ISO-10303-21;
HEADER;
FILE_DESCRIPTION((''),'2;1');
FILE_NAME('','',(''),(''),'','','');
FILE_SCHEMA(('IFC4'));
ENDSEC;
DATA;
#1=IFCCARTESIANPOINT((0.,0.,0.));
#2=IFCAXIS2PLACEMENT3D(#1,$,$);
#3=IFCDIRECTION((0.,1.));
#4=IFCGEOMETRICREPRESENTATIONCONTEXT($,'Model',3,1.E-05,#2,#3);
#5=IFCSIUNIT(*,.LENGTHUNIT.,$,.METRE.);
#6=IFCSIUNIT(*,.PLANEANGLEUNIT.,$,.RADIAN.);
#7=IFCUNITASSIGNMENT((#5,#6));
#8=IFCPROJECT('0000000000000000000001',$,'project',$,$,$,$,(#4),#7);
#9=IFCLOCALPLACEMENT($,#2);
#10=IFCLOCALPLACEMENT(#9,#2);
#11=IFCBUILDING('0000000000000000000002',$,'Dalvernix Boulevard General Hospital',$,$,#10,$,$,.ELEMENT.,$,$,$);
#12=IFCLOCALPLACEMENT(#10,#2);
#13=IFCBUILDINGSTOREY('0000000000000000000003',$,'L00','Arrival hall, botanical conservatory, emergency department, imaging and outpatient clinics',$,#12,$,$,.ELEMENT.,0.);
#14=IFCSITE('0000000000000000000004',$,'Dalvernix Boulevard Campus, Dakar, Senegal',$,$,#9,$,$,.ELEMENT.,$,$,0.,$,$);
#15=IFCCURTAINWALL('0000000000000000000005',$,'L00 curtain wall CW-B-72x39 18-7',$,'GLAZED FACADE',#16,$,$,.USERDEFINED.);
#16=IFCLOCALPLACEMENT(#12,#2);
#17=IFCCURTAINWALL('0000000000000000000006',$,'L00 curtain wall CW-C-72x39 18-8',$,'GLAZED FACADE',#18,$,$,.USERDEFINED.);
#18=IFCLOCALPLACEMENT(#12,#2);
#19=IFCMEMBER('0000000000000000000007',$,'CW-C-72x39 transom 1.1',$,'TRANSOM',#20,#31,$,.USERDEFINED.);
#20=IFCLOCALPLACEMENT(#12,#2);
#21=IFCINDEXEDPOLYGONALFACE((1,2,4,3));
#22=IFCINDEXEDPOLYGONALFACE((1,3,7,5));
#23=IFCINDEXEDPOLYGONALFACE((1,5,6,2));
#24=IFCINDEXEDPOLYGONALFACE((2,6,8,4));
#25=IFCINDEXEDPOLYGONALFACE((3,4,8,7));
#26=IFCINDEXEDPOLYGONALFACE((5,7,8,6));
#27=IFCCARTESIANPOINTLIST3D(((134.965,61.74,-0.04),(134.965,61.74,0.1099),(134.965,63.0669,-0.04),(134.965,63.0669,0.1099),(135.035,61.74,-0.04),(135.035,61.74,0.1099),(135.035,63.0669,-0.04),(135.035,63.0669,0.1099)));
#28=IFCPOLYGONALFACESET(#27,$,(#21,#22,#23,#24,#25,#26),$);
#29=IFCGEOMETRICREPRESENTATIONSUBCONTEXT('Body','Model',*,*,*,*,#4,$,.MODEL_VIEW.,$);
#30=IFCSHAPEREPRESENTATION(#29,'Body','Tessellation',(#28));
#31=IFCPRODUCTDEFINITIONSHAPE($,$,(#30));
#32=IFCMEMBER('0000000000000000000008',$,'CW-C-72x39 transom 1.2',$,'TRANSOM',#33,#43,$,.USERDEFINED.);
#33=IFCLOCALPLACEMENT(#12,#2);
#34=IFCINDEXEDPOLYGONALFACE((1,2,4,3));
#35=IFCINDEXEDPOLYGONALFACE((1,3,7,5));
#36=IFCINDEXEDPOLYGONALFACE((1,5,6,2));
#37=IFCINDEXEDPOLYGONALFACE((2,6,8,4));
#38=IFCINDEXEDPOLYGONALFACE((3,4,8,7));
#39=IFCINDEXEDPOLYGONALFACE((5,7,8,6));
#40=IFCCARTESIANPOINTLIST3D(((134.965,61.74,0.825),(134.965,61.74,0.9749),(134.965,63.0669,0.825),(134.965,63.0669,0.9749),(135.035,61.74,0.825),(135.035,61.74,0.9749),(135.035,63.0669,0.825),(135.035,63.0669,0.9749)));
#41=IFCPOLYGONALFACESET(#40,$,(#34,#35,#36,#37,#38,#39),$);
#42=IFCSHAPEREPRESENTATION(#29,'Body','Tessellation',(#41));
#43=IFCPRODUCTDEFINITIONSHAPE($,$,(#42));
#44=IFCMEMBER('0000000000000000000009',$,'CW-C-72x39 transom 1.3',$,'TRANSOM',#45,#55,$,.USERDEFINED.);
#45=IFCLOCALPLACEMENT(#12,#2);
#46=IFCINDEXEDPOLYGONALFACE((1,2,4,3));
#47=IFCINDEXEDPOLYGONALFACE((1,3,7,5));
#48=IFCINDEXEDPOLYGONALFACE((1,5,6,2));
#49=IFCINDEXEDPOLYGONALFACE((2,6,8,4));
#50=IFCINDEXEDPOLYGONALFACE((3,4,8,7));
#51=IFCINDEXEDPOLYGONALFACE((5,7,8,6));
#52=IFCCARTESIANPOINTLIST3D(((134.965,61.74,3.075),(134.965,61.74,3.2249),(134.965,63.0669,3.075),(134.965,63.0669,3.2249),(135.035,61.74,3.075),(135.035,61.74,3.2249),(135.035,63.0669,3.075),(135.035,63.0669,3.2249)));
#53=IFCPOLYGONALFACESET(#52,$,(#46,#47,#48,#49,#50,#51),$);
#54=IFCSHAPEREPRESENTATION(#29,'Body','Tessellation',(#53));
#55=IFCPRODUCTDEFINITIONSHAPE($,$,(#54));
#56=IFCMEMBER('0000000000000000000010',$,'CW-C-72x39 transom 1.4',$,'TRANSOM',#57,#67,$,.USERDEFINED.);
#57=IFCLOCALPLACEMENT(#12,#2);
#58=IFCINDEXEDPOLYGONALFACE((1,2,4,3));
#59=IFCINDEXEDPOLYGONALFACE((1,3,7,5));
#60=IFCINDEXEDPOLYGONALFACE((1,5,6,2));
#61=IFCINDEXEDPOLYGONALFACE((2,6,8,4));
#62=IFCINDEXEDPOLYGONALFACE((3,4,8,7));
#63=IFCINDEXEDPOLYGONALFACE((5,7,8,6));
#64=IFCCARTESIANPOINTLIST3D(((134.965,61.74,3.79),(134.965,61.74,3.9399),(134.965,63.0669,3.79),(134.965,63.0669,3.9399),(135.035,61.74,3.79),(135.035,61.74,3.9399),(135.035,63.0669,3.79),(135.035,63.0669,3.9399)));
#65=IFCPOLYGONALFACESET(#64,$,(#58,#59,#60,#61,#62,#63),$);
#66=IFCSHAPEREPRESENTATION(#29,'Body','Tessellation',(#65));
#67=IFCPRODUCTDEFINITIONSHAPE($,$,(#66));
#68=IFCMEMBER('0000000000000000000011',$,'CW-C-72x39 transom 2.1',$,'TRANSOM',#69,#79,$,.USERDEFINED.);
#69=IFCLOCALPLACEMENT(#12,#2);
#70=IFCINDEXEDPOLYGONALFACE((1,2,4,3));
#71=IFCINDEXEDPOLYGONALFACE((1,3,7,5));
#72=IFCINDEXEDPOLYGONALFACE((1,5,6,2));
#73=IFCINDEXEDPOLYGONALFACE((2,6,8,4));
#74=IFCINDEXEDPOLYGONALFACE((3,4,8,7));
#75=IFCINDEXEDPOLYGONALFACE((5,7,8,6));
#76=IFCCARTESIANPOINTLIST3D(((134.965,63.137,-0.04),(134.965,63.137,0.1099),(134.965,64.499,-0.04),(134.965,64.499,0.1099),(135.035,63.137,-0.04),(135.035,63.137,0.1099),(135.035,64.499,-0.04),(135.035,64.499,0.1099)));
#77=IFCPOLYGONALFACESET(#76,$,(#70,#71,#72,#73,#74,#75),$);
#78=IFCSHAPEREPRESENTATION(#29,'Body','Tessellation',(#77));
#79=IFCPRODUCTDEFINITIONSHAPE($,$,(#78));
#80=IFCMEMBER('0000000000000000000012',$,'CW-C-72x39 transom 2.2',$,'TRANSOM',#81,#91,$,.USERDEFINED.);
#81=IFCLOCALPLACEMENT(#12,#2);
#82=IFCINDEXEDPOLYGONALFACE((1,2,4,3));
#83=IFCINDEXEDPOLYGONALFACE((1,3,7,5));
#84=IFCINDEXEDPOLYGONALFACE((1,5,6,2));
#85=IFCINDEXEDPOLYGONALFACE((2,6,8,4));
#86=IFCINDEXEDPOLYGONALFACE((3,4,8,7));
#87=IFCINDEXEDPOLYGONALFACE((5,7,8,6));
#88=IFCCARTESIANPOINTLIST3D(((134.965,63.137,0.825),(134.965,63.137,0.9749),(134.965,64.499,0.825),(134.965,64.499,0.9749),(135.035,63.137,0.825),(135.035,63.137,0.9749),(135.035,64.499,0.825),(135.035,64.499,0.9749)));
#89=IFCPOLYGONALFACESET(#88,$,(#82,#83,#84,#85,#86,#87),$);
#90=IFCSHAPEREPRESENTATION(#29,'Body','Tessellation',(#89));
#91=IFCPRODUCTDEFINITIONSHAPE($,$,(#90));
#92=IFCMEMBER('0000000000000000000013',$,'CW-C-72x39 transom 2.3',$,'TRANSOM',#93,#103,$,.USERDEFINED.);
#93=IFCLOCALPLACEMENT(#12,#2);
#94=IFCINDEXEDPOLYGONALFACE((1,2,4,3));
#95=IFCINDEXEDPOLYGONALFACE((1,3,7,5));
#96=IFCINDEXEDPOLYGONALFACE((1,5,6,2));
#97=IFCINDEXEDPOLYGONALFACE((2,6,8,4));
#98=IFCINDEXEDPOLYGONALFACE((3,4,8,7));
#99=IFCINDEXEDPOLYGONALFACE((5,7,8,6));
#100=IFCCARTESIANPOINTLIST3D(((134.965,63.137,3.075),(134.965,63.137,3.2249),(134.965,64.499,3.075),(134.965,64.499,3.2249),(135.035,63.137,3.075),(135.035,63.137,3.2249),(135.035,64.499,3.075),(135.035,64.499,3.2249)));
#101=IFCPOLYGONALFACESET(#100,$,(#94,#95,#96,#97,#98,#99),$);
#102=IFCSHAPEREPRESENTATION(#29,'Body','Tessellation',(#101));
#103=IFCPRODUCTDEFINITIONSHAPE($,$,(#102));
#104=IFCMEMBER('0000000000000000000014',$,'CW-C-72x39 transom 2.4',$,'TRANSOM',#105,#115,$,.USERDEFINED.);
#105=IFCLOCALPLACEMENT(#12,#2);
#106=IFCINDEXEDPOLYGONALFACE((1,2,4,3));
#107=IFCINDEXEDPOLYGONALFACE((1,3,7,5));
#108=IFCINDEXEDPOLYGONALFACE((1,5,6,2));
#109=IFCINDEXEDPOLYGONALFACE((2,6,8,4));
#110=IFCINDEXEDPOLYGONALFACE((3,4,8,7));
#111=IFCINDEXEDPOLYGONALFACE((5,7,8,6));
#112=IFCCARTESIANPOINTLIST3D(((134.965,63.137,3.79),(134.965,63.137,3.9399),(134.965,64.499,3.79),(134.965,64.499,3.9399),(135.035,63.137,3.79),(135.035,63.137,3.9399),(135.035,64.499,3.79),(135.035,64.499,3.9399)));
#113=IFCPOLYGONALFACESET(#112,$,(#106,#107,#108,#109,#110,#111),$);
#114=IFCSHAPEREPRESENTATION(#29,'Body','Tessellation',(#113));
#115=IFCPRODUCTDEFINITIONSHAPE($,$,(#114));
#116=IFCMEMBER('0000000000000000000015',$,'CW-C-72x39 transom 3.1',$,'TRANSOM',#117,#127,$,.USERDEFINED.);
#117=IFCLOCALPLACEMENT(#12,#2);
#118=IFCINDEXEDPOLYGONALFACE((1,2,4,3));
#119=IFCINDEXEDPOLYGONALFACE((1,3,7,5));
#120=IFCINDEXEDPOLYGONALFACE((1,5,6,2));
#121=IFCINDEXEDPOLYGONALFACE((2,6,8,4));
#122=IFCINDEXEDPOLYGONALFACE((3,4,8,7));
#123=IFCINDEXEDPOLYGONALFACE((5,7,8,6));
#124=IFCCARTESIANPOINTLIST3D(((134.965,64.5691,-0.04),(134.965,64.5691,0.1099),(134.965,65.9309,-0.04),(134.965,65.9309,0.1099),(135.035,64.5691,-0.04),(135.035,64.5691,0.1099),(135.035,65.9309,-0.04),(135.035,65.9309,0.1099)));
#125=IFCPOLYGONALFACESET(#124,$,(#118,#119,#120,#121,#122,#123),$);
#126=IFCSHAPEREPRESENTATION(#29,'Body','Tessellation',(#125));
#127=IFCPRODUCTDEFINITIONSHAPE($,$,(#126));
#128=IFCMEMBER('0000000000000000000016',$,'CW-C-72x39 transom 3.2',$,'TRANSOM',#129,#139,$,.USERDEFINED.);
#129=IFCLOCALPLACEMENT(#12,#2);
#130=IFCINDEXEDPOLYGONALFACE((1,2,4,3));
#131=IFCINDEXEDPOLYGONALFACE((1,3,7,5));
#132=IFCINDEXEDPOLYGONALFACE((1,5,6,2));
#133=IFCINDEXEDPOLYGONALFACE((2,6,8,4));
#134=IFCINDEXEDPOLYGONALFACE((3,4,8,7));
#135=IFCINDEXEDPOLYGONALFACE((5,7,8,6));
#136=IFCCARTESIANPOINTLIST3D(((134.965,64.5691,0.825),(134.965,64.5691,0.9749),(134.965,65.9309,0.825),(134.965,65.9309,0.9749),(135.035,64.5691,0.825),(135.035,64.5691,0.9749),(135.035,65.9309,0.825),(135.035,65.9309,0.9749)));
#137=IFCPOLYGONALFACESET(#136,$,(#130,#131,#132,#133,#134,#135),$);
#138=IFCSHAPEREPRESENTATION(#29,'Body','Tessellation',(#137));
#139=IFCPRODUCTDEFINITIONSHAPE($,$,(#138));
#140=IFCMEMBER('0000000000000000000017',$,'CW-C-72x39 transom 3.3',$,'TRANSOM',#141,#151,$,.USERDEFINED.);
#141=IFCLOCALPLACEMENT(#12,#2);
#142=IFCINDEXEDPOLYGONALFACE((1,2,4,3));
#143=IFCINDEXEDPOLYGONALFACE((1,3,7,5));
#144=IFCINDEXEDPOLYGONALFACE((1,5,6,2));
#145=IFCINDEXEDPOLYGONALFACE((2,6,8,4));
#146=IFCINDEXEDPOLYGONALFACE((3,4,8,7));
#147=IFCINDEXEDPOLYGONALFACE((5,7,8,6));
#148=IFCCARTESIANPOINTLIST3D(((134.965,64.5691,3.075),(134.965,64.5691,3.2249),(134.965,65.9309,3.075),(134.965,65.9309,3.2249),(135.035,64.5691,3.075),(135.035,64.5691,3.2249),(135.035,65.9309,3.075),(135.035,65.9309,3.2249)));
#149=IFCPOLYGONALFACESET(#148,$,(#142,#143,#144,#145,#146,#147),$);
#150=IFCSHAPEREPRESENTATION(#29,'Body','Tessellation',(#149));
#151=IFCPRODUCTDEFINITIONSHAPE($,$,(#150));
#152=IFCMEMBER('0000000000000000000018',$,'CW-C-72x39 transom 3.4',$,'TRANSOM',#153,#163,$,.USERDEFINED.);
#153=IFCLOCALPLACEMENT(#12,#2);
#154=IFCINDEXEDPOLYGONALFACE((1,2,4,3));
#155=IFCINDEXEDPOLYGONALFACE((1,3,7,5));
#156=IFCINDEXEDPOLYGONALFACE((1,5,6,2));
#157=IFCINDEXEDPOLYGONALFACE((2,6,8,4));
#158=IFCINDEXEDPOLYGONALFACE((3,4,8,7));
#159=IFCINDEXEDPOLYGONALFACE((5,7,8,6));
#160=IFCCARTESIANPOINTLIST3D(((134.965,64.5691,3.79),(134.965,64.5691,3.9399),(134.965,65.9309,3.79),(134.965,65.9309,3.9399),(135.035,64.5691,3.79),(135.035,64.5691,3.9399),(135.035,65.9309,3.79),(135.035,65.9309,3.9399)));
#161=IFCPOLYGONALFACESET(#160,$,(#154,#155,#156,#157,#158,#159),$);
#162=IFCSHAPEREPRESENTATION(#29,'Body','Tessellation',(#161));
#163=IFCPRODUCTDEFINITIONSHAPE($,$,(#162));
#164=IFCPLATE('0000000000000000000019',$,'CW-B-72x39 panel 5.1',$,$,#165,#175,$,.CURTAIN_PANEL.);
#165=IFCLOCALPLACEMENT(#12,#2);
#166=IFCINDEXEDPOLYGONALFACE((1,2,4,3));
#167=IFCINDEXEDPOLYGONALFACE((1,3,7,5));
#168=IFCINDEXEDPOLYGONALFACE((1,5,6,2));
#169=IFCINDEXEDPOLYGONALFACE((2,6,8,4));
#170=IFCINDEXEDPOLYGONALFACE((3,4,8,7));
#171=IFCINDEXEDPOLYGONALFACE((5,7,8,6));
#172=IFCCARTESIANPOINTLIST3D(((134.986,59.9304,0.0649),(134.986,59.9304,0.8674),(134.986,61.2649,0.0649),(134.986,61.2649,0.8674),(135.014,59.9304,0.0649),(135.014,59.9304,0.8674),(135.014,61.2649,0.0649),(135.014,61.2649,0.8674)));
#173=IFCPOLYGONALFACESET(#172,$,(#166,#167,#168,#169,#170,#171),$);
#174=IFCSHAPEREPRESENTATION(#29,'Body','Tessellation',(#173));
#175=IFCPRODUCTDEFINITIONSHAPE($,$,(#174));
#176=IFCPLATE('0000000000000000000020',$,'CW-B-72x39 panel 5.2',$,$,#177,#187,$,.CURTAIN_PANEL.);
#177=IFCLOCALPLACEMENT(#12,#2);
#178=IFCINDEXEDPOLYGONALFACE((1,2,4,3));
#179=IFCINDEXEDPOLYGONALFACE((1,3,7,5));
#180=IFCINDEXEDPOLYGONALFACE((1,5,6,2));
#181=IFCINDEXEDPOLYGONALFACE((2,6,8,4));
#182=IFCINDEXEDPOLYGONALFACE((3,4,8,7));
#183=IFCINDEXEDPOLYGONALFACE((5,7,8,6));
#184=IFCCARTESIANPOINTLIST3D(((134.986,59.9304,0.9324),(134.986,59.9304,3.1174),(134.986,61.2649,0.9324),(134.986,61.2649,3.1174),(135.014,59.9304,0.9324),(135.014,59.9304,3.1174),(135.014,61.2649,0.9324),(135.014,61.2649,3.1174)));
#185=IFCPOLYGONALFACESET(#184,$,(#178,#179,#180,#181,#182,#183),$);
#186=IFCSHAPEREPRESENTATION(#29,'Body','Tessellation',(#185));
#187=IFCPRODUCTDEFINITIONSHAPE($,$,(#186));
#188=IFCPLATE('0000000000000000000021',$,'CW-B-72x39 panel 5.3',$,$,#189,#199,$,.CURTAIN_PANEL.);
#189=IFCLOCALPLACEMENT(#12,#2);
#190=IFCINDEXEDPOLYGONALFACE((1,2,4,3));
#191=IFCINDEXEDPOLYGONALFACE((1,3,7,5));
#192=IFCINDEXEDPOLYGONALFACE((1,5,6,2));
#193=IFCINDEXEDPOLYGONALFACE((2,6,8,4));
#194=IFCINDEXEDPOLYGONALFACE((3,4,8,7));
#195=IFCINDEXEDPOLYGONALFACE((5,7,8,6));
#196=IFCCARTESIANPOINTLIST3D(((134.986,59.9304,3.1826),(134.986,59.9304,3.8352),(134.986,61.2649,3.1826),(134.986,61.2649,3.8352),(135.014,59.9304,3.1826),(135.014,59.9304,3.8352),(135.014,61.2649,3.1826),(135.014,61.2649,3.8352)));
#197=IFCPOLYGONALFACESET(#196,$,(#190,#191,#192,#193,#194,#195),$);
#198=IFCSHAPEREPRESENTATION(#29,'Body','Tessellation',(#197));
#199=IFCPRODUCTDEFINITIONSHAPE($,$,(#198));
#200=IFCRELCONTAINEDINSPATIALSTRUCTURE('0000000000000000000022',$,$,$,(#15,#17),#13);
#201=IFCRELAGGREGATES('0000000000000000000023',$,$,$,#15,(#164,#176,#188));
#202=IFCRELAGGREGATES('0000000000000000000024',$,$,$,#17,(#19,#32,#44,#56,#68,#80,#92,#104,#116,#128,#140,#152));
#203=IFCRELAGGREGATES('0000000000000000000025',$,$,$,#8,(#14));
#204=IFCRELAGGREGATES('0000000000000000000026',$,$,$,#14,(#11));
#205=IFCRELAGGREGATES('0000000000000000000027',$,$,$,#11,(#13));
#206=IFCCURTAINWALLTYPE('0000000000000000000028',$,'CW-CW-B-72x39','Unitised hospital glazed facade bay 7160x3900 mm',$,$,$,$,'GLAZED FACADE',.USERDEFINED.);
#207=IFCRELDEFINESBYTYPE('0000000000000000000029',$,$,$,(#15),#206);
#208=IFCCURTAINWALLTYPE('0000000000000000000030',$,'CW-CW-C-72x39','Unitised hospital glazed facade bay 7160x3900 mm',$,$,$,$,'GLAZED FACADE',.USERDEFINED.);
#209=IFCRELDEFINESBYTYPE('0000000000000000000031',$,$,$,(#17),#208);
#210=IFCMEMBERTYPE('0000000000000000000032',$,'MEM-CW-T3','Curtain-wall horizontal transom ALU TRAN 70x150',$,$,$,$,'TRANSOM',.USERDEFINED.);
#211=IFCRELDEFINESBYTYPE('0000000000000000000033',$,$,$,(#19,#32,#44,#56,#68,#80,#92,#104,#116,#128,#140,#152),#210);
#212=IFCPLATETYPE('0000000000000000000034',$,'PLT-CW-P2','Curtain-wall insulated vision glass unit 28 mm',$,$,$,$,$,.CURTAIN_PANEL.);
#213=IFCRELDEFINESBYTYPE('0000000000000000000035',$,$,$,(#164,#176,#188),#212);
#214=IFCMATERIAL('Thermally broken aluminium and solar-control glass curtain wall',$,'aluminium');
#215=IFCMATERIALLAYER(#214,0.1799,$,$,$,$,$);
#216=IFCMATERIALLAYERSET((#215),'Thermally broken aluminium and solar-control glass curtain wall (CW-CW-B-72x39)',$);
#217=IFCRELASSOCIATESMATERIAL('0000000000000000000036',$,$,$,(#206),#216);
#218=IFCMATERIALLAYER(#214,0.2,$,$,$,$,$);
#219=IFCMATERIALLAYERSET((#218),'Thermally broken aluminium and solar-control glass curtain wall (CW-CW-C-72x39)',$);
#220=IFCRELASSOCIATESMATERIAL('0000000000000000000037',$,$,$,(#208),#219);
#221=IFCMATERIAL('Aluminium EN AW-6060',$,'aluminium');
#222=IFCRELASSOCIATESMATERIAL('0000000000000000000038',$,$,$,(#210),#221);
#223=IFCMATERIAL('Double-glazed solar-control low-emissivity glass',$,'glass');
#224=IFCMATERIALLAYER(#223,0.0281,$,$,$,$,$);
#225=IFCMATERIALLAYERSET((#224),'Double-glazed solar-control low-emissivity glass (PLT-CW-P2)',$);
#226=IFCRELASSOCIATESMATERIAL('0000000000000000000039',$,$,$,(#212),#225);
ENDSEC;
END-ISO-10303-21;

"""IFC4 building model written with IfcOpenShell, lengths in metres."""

from ifc_helpers import new_model, si_unit, direction, frame, origin, origin_2d, place, context, subcontext, project, spatial, rectangle, extrude, material, layer, layer_set, material_profile, profile_set, type_object, element, aggregate, save


model = new_model("IFC4")

# Units and contexts
model_context = context("Model", 3, precision=1e-05, world=origin(), true_north=direction((0.0, 1.0)))
body_context = subcontext(model_context, "Body", "Model", "MODEL_VIEW")
ifc_project = project(units=[si_unit("LENGTHUNIT", "METRE"), si_unit("PLANEANGLEUNIT", "RADIAN")], contexts=[model_context])

# Site, building, storey
site_placement = place(None, origin())
site = spatial("IfcSite", under=ifc_project, at=site_placement, Name="Dalvernix Boulevard Campus, Dakar, Senegal", CompositionType="ELEMENT", RefElevation=0.0)
building_placement = place(site_placement, origin())
building = spatial("IfcBuilding", under=site, at=building_placement, Name="Dalvernix Boulevard General Hospital", CompositionType="ELEMENT")
storey_placement = place(building_placement, origin())
storey = spatial("IfcBuildingStorey", under=building, at=storey_placement, Name="L00", Description="Arrival hall, botanical conservatory, emergency department, imaging and outpatient clinics", CompositionType="ELEMENT", Elevation=0.0)

# Curtain wall
ifc_material_1 = material(Name="Thermally broken aluminium and solar-control glass curtain wall", Category="aluminium")
ifc_layer_1 = layer(ifc_material_1, 0.1799)
ifc_layer_set_1 = layer_set([ifc_layer_1], Name="Thermally broken aluminium and solar-control glass curtain wall (CW-CW-B-72x39)")
curtain_wall_type_1 = type_object("IfcCurtainWallType", Name="CW-CW-B-72x39", Description="Unitised hospital glazed facade bay 7160x3900 mm", ElementType="GLAZED FACADE", PredefinedType="USERDEFINED", material=ifc_layer_set_1)
curtain_wall_1_placement = place(storey_placement, origin())
curtain_wall_1 = element("IfcCurtainWall", 1, at=curtain_wall_1_placement, inside=storey, type_object=curtain_wall_type_1, Name="L00 curtain wall CW-B-72x39 18-7", ObjectType="GLAZED FACADE", PredefinedType="USERDEFINED")
ifc_material_2 = material(Name="Aluminium EN AW-6060", Category="aluminium")

# Curtain wall
ifc_layer_2 = layer(ifc_material_1, 0.2)
ifc_layer_set_2 = layer_set([ifc_layer_2], Name="Thermally broken aluminium and solar-control glass curtain wall (CW-CW-C-72x39)")
curtain_wall_type_2 = type_object("IfcCurtainWallType", Name="CW-CW-C-72x39", Description="Unitised hospital glazed facade bay 7160x3900 mm", ElementType="GLAZED FACADE", PredefinedType="USERDEFINED", material=ifc_layer_set_2)
curtain_wall_2_placement = place(storey_placement, origin())
curtain_wall_2 = element("IfcCurtainWall", 2, at=curtain_wall_2_placement, inside=storey, type_object=curtain_wall_type_2, Name="L00 curtain wall CW-C-72x39 18-8", ObjectType="GLAZED FACADE", PredefinedType="USERDEFINED")

# Members
ifc_material_profile_1 = material_profile(ifc_material_2, rectangle(XDim=0.0701, YDim=0.1499, at=origin_2d()), Name="ALU TRAN 70x150")
ifc_profile_set_1 = profile_set([ifc_material_profile_1], Name="Aluminium EN AW-6060")
member_type_1 = type_object("IfcMemberType", Name="MEM-CW-T3", Description="Curtain-wall horizontal transom ALU TRAN 70x150", ElementType="TRANSOM", PredefinedType="USERDEFINED", material=ifc_profile_set_1)
member_1_placement = place(storey_placement, frame((135.0, 61.74, 0.0349), z_axis=(0.0, 1.0, 0.0), x_axis=(-1.0, 0.0, 0.0)))
member_1 = element("IfcMember", 3, at=member_1_placement, type_object=member_type_1, Name="CW-C-72x39 transom 1.1", ObjectType="TRANSOM", PredefinedType="USERDEFINED", context=body_context, shape_type="SweptSolid", body=[
    extrude(rectangle(XDim=0.0701, YDim=0.1499, at=origin_2d()), origin(), (0.0, 0.0, 1.0), 1.3269),
])
member_2_placement = place(storey_placement, frame((135.0, 61.74, 0.8999), z_axis=(0.0, 1.0, 0.0), x_axis=(-1.0, 0.0, 0.0)))
member_2 = element("IfcMember", 4, at=member_2_placement, type_object=member_type_1, Name="CW-C-72x39 transom 1.2", ObjectType="TRANSOM", PredefinedType="USERDEFINED", context=body_context, shape_type="SweptSolid", body=[
    extrude(rectangle(XDim=0.0701, YDim=0.1499, at=origin_2d()), origin(), (0.0, 0.0, 1.0), 1.3269),
])
member_3_placement = place(storey_placement, frame((135.0, 61.74, 3.1499), z_axis=(0.0, 1.0, 0.0), x_axis=(-1.0, 0.0, 0.0)))
member_3 = element("IfcMember", 5, at=member_3_placement, type_object=member_type_1, Name="CW-C-72x39 transom 1.3", ObjectType="TRANSOM", PredefinedType="USERDEFINED", context=body_context, shape_type="SweptSolid", body=[
    extrude(rectangle(XDim=0.0701, YDim=0.1499, at=origin_2d()), origin(), (0.0, 0.0, 1.0), 1.3269),
])
member_4_placement = place(storey_placement, frame((135.0, 61.74, 3.865), z_axis=(0.0, 1.0, 0.0), x_axis=(-1.0, 0.0, 0.0)))
member_4 = element("IfcMember", 6, at=member_4_placement, type_object=member_type_1, Name="CW-C-72x39 transom 1.4", ObjectType="TRANSOM", PredefinedType="USERDEFINED", context=body_context, shape_type="SweptSolid", body=[
    extrude(rectangle(XDim=0.0701, YDim=0.1499, at=origin_2d()), origin(), (0.0, 0.0, 1.0), 1.3269),
])
member_5_placement = place(storey_placement, frame((135.0, 63.137, 0.0349), z_axis=(0.0, 1.0, 0.0), x_axis=(-1.0, 0.0, 0.0)))
member_5 = element("IfcMember", 7, at=member_5_placement, type_object=member_type_1, Name="CW-C-72x39 transom 2.1", ObjectType="TRANSOM", PredefinedType="USERDEFINED", context=body_context, shape_type="SweptSolid", body=[
    extrude(rectangle(XDim=0.0701, YDim=0.1499, at=origin_2d()), origin(), (0.0, 0.0, 1.0), 1.3621),
])
member_6_placement = place(storey_placement, frame((135.0, 63.137, 0.8999), z_axis=(0.0, 1.0, 0.0), x_axis=(-1.0, 0.0, 0.0)))
member_6 = element("IfcMember", 8, at=member_6_placement, type_object=member_type_1, Name="CW-C-72x39 transom 2.2", ObjectType="TRANSOM", PredefinedType="USERDEFINED", context=body_context, shape_type="SweptSolid", body=[
    extrude(rectangle(XDim=0.0701, YDim=0.1499, at=origin_2d()), origin(), (0.0, 0.0, 1.0), 1.3621),
])
member_7_placement = place(storey_placement, frame((135.0, 63.137, 3.1499), z_axis=(0.0, 1.0, 0.0), x_axis=(-1.0, 0.0, 0.0)))
member_7 = element("IfcMember", 9, at=member_7_placement, type_object=member_type_1, Name="CW-C-72x39 transom 2.3", ObjectType="TRANSOM", PredefinedType="USERDEFINED", context=body_context, shape_type="SweptSolid", body=[
    extrude(rectangle(XDim=0.0701, YDim=0.1499, at=origin_2d()), origin(), (0.0, 0.0, 1.0), 1.3621),
])
member_8_placement = place(storey_placement, frame((135.0, 63.137, 3.865), z_axis=(0.0, 1.0, 0.0), x_axis=(-1.0, 0.0, 0.0)))
member_8 = element("IfcMember", 10, at=member_8_placement, type_object=member_type_1, Name="CW-C-72x39 transom 2.4", ObjectType="TRANSOM", PredefinedType="USERDEFINED", context=body_context, shape_type="SweptSolid", body=[
    extrude(rectangle(XDim=0.0701, YDim=0.1499, at=origin_2d()), origin(), (0.0, 0.0, 1.0), 1.3621),
])
member_9_placement = place(storey_placement, frame((135.0, 64.5691, 0.0349), z_axis=(0.0, 1.0, 0.0), x_axis=(-1.0, 0.0, 0.0)))
member_9 = element("IfcMember", 11, at=member_9_placement, type_object=member_type_1, Name="CW-C-72x39 transom 3.1", ObjectType="TRANSOM", PredefinedType="USERDEFINED", context=body_context, shape_type="SweptSolid", body=[
    extrude(rectangle(XDim=0.0701, YDim=0.1499, at=origin_2d()), origin(), (0.0, 0.0, 1.0), 1.3618),
])
member_10_placement = place(storey_placement, frame((135.0, 64.5691, 0.8999), z_axis=(0.0, 1.0, 0.0), x_axis=(-1.0, 0.0, 0.0)))
member_10 = element("IfcMember", 12, at=member_10_placement, type_object=member_type_1, Name="CW-C-72x39 transom 3.2", ObjectType="TRANSOM", PredefinedType="USERDEFINED", context=body_context, shape_type="SweptSolid", body=[
    extrude(rectangle(XDim=0.0701, YDim=0.1499, at=origin_2d()), origin(), (0.0, 0.0, 1.0), 1.3618),
])
member_11_placement = place(storey_placement, frame((135.0, 64.5691, 3.1499), z_axis=(0.0, 1.0, 0.0), x_axis=(-1.0, 0.0, 0.0)))
member_11 = element("IfcMember", 13, at=member_11_placement, type_object=member_type_1, Name="CW-C-72x39 transom 3.3", ObjectType="TRANSOM", PredefinedType="USERDEFINED", context=body_context, shape_type="SweptSolid", body=[
    extrude(rectangle(XDim=0.0701, YDim=0.1499, at=origin_2d()), origin(), (0.0, 0.0, 1.0), 1.3618),
])
member_12_placement = place(storey_placement, frame((135.0, 64.5691, 3.865), z_axis=(0.0, 1.0, 0.0), x_axis=(-1.0, 0.0, 0.0)))
member_12 = element("IfcMember", 14, at=member_12_placement, type_object=member_type_1, Name="CW-C-72x39 transom 3.4", ObjectType="TRANSOM", PredefinedType="USERDEFINED", context=body_context, shape_type="SweptSolid", body=[
    extrude(rectangle(XDim=0.0701, YDim=0.1499, at=origin_2d()), origin(), (0.0, 0.0, 1.0), 1.3618),
])

# Plates
ifc_material_3 = material(Name="Double-glazed solar-control low-emissivity glass", Category="glass")
ifc_layer_3 = layer(ifc_material_3, 0.0281)
ifc_layer_set_3 = layer_set([ifc_layer_3], Name="Double-glazed solar-control low-emissivity glass (PLT-CW-P2)")
plate_type_1 = type_object("IfcPlateType", Name="PLT-CW-P2", Description="Curtain-wall insulated vision glass unit 28 mm", PredefinedType="CURTAIN_PANEL", material=ifc_layer_set_3)
plate_1_placement = place(storey_placement, frame((135.0, 60.5977, 0.0649), z_axis=(0.0, 0.0, 1.0), x_axis=(0.0, 1.0, 0.0)))
plate_1 = element("IfcPlate", 15, at=plate_1_placement, type_object=plate_type_1, Name="CW-B-72x39 panel 5.1", PredefinedType="CURTAIN_PANEL", context=body_context, shape_type="SweptSolid", body=[
    extrude(rectangle(XDim=1.3345, YDim=0.0281, at=origin_2d()), origin(), (0.0, 0.0, 1.0), 0.8025),
])
plate_2_placement = place(storey_placement, frame((135.0, 60.5977, 0.9324), z_axis=(0.0, 0.0, 1.0), x_axis=(0.0, 1.0, 0.0)))
plate_2 = element("IfcPlate", 16, at=plate_2_placement, type_object=plate_type_1, Name="CW-B-72x39 panel 5.2", PredefinedType="CURTAIN_PANEL", context=body_context, shape_type="SweptSolid", body=[
    extrude(rectangle(XDim=1.3345, YDim=0.0281, at=origin_2d()), origin(), (0.0, 0.0, 1.0), 2.1851),
])
plate_3_placement = place(storey_placement, frame((135.0, 60.5977, 3.1826), z_axis=(0.0, 0.0, 1.0), x_axis=(0.0, 1.0, 0.0)))
plate_3 = element("IfcPlate", 17, at=plate_3_placement, type_object=plate_type_1, Name="CW-B-72x39 panel 5.3", PredefinedType="CURTAIN_PANEL", context=body_context, shape_type="SweptSolid", body=[
    extrude(rectangle(XDim=1.3345, YDim=0.0281, at=origin_2d()), origin(), (0.0, 0.0, 1.0), 0.6526),
])
aggregate(curtain_wall_1, [plate_1, plate_2, plate_3])
aggregate(curtain_wall_2, [member_1, member_2, member_3, member_4, member_5, member_6, member_7, member_8, member_9, member_10, member_11, member_12])

save(model, "model.ifc")
